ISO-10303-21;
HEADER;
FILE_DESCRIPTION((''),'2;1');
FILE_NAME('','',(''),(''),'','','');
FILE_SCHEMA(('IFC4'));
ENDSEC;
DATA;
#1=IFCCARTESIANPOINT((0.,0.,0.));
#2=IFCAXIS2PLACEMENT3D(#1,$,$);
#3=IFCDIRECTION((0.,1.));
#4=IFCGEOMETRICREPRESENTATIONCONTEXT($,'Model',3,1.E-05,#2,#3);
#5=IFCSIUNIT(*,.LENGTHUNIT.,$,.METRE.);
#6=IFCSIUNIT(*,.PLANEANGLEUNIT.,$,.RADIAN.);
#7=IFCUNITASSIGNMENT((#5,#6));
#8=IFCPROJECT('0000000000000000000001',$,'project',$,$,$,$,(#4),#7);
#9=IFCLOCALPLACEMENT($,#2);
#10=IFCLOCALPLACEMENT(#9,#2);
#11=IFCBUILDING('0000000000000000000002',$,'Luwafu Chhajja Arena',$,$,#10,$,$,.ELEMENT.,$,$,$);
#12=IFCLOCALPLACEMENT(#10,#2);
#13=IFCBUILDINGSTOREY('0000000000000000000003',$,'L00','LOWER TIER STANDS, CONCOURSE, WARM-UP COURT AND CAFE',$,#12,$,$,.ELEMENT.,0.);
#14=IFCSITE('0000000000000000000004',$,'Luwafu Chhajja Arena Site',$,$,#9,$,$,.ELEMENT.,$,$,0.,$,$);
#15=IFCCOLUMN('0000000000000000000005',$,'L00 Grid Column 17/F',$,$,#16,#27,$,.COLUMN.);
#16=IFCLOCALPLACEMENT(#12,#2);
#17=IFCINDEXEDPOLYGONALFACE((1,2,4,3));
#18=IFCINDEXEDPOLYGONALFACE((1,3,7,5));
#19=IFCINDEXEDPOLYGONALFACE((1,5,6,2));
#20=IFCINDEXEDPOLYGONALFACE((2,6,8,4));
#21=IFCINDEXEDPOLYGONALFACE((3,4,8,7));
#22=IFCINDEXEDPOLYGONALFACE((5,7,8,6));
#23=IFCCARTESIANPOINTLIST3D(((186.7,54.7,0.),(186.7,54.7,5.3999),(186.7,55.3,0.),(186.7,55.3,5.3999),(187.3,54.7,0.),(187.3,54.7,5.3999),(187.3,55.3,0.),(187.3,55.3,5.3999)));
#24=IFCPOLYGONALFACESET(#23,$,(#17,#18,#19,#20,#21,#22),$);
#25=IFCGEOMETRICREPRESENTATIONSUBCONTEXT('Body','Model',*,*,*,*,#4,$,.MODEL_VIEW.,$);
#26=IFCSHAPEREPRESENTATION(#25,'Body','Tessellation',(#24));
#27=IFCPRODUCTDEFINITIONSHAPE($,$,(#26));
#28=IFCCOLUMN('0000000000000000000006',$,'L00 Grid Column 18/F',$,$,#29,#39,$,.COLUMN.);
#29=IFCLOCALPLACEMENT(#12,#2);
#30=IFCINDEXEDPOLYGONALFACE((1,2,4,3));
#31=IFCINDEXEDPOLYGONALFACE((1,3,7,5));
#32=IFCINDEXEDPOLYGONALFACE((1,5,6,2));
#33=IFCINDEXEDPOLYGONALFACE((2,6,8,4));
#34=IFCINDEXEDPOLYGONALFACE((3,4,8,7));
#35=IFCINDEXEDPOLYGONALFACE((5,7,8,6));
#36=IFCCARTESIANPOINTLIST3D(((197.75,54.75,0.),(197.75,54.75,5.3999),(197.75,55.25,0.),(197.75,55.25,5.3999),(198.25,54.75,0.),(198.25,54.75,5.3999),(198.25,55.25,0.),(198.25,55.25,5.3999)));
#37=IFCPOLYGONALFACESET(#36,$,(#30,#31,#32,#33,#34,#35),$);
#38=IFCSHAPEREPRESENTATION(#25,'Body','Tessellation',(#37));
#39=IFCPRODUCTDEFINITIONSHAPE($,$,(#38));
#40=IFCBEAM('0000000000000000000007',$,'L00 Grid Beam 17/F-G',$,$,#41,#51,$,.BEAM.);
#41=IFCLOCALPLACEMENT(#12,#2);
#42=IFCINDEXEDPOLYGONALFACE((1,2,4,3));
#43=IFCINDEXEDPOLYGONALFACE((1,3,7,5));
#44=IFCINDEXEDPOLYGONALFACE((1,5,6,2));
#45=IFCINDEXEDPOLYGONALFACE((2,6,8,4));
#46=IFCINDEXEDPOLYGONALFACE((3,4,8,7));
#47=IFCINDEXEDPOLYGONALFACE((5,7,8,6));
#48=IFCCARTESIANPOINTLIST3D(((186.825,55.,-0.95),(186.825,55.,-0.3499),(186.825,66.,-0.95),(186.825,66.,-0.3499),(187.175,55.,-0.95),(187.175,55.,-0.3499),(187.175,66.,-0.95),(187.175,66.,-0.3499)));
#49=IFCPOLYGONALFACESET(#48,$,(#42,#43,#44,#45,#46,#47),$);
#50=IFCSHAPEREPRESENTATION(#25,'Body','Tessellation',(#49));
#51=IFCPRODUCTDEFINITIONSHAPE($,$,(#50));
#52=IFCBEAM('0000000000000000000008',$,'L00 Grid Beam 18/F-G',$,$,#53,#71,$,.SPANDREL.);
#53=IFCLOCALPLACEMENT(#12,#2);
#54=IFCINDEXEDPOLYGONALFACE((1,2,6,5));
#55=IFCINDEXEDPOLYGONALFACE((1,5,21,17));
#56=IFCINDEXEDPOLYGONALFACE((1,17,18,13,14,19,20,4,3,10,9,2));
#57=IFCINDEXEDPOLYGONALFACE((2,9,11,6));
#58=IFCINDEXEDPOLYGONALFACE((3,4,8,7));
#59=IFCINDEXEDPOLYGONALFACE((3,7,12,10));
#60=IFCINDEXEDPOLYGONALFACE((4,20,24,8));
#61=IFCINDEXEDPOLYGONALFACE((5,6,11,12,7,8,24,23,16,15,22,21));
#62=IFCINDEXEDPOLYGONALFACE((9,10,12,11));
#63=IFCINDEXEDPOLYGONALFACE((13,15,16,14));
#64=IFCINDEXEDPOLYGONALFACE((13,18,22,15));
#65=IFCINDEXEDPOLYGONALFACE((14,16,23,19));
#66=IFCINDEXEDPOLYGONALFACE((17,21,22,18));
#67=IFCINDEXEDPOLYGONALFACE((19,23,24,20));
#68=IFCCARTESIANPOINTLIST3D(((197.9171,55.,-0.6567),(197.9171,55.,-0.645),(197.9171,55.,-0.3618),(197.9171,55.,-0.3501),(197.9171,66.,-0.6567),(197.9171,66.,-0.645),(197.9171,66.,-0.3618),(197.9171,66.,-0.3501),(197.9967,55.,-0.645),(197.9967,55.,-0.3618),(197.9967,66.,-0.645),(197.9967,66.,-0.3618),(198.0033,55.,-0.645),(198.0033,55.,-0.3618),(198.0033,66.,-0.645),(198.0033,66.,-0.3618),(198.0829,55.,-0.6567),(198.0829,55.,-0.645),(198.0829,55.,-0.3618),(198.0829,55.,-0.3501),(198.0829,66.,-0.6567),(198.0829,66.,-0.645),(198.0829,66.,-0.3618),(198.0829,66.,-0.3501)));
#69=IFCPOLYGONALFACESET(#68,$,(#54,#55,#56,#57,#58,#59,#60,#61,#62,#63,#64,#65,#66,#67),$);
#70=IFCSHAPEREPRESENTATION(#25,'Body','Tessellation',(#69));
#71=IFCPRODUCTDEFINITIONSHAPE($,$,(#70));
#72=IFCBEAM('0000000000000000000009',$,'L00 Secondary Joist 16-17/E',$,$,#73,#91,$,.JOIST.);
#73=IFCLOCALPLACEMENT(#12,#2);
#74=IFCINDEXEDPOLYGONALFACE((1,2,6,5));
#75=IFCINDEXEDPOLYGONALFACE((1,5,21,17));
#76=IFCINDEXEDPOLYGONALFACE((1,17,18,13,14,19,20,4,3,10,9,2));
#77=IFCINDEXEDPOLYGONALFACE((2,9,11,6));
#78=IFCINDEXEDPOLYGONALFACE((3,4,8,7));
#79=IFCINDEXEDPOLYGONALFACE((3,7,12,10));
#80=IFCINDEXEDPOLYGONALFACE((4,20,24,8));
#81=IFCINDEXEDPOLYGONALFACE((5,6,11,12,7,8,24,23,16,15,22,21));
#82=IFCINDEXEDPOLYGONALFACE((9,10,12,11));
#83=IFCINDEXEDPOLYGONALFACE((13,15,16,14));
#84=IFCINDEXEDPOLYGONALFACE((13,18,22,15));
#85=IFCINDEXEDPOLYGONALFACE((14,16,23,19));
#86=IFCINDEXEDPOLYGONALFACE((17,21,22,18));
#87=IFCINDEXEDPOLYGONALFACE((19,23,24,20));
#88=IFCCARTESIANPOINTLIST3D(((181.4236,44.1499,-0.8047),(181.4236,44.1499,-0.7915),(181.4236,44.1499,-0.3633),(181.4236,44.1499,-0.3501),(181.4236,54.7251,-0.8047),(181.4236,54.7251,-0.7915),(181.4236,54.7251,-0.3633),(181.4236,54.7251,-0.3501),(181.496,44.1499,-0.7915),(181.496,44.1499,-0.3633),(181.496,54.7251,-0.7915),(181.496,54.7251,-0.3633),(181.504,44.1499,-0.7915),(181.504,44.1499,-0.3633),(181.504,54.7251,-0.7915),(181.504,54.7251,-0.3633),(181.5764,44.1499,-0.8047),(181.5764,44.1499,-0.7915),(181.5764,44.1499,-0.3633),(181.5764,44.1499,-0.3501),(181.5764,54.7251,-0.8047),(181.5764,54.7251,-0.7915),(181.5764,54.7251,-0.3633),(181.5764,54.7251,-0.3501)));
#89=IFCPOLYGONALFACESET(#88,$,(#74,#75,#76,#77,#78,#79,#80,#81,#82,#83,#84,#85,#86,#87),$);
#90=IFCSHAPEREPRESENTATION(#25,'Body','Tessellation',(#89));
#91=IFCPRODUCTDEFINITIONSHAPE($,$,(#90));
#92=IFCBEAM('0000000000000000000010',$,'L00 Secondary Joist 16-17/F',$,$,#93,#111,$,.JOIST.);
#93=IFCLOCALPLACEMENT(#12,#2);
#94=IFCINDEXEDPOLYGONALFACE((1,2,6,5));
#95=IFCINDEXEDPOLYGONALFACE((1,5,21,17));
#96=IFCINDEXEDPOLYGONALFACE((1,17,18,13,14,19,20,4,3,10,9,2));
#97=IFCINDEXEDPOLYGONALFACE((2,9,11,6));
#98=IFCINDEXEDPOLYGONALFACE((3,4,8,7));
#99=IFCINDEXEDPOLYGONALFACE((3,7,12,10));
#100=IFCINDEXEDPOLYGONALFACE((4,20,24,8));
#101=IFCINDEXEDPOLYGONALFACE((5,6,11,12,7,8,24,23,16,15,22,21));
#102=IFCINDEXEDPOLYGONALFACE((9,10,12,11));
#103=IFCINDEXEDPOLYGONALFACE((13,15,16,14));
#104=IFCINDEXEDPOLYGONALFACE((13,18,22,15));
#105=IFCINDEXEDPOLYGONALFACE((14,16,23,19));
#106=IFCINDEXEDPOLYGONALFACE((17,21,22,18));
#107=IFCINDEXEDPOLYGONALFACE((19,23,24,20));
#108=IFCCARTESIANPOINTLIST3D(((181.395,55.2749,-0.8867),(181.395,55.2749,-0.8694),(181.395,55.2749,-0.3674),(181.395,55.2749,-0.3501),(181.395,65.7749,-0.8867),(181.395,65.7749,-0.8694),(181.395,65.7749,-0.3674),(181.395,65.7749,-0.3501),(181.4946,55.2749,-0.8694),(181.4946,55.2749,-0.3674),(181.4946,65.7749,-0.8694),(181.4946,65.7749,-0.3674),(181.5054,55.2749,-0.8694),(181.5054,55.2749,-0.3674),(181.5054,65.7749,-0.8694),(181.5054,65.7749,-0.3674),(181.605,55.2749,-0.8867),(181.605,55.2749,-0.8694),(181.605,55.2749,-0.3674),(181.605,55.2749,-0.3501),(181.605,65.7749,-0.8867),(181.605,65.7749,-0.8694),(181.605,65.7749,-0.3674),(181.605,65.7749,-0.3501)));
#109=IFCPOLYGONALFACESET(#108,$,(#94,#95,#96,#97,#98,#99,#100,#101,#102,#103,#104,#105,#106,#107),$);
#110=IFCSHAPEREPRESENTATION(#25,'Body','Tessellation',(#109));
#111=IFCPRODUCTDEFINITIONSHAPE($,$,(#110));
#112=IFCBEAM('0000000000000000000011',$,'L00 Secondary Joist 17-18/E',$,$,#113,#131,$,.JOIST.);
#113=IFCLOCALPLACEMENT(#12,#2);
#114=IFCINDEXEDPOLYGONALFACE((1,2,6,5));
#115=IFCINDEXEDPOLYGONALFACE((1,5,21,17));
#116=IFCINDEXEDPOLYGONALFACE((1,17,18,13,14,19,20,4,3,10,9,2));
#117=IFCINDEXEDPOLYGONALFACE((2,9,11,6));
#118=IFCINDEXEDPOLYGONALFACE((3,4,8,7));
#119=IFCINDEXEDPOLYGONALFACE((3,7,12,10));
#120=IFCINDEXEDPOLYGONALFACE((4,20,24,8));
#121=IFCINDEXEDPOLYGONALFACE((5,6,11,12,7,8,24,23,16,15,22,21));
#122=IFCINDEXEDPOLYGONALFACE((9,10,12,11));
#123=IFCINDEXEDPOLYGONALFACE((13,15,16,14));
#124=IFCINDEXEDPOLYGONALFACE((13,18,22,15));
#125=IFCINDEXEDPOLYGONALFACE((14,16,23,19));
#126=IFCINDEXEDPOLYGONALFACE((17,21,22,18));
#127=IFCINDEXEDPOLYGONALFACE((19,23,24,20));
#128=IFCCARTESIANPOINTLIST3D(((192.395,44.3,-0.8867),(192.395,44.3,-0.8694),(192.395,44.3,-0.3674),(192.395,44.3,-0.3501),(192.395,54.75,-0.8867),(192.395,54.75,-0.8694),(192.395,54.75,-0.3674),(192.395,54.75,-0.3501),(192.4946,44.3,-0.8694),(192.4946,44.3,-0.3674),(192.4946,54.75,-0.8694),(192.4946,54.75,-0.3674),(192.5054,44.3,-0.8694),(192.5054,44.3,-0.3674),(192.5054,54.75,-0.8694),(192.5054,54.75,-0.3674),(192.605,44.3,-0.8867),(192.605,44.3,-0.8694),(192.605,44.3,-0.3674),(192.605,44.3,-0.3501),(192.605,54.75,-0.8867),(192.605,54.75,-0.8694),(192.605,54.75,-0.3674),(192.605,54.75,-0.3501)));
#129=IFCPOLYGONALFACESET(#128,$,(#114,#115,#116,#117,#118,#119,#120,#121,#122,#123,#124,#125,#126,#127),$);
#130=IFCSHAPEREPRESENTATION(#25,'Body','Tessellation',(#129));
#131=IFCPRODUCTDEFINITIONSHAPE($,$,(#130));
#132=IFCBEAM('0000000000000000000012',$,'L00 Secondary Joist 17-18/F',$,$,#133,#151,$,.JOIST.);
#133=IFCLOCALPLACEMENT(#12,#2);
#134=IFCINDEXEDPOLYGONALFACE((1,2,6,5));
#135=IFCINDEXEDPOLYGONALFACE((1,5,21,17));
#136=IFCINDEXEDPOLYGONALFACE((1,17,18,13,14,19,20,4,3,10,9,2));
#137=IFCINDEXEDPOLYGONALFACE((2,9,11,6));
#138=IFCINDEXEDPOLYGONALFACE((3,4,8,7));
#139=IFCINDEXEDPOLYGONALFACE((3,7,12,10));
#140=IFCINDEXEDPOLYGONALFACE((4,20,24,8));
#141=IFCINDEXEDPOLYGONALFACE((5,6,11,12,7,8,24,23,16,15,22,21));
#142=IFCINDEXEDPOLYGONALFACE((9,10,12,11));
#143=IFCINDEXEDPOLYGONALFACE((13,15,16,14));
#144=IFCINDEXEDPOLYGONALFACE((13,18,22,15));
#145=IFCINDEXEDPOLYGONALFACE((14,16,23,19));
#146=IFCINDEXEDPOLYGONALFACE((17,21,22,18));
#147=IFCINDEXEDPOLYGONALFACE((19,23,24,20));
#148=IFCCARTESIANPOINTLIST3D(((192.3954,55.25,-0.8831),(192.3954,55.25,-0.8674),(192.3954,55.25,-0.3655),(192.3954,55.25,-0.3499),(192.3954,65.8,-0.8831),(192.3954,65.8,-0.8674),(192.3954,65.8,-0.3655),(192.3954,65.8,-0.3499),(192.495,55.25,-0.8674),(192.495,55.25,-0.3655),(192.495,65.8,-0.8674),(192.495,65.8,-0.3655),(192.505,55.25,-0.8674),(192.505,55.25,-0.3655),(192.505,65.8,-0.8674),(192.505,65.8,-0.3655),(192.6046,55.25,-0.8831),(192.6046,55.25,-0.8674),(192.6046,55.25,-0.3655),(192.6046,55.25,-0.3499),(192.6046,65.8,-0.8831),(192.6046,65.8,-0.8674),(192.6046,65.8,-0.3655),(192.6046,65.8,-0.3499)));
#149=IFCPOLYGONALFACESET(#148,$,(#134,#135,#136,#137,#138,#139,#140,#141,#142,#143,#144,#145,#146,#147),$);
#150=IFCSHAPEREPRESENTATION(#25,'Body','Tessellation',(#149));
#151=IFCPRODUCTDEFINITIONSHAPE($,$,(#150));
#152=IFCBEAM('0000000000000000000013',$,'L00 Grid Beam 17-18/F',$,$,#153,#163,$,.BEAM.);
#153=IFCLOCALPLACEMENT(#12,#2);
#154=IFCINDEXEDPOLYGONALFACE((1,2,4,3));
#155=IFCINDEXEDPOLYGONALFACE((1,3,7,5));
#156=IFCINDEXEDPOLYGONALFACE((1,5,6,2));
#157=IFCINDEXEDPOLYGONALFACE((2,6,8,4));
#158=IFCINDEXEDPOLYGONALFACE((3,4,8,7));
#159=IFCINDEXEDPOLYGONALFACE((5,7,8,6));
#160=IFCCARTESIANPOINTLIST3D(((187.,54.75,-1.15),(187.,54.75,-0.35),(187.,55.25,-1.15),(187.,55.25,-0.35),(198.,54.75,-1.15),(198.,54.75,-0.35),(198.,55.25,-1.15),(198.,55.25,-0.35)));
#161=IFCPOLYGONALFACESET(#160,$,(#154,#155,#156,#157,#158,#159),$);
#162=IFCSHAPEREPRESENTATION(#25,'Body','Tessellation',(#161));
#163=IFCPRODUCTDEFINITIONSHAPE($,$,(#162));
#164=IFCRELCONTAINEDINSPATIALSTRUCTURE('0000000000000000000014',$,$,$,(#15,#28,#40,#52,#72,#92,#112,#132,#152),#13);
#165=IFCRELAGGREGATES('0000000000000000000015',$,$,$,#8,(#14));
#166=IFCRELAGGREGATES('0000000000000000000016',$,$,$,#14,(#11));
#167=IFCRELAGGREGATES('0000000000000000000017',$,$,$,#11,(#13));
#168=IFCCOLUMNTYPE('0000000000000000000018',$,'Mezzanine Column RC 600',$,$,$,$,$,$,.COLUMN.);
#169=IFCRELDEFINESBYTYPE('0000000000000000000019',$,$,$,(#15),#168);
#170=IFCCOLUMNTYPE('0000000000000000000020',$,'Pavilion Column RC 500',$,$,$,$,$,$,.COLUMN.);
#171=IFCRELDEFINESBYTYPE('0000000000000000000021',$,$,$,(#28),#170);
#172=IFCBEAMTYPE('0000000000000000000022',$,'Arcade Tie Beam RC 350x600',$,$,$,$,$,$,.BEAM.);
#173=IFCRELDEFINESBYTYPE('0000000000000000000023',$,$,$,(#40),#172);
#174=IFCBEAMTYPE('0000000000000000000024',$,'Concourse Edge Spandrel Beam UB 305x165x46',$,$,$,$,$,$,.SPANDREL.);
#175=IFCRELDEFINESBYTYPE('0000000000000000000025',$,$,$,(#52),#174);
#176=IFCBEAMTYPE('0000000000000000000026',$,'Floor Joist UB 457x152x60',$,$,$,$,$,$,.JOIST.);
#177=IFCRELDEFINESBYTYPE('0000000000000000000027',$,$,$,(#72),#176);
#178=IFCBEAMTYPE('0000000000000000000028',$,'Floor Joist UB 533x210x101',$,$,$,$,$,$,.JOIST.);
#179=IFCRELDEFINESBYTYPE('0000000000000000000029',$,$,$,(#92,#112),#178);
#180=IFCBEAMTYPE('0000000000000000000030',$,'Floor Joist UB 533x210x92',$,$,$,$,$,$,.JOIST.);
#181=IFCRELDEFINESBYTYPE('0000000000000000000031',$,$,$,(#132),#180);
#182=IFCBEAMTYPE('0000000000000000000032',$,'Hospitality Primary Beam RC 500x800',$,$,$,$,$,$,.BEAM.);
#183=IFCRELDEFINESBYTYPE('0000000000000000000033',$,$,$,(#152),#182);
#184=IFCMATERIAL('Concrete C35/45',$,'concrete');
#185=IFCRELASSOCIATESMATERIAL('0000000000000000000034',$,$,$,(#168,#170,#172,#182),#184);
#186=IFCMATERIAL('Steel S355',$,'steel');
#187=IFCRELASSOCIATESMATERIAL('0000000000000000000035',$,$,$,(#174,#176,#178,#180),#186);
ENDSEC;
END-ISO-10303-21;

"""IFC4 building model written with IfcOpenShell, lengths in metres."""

from ifc_helpers import new_model, si_unit, direction, frame, origin, origin_2d, place, context, subcontext, project, spatial, rectangle, i_section, extrude, material, material_profile, profile_set, type_object, element, save


model = new_model("IFC4")

# Units and contexts
model_context = context("Model", 3, precision=1e-05, world=origin(), true_north=direction((0.0, 1.0)))
body_context = subcontext(model_context, "Body", "Model", "MODEL_VIEW")
ifc_project = project(units=[si_unit("LENGTHUNIT", "METRE"), si_unit("PLANEANGLEUNIT", "RADIAN")], contexts=[model_context])

# Site, building, storey
site_placement = place(None, origin())
site = spatial("IfcSite", under=ifc_project, at=site_placement, Name="Luwafu Chhajja Arena Site", CompositionType="ELEMENT", RefElevation=0.0)
building_placement = place(site_placement, origin())
building = spatial("IfcBuilding", under=site, at=building_placement, Name="Luwafu Chhajja Arena", CompositionType="ELEMENT")
storey_placement = place(building_placement, origin())
storey = spatial("IfcBuildingStorey", under=building, at=storey_placement, Name="L00", Description="LOWER TIER STANDS, CONCOURSE, WARM-UP COURT AND CAFE", CompositionType="ELEMENT", Elevation=0.0)

# Columns
ifc_material_1 = material(Name="Concrete C35/45", Category="concrete")
ifc_material_profile_1 = material_profile(ifc_material_1, rectangle(XDim=0.6001, YDim=0.6001, at=origin_2d()), Name="RC 600x600")
ifc_profile_set_1 = profile_set([ifc_material_profile_1], Name="Concrete C35/45")
column_type_1 = type_object("IfcColumnType", Name="Mezzanine Column RC 600", PredefinedType="COLUMN", material=ifc_profile_set_1)
column_1_placement = place(storey_placement, frame((187.0, 55.0, 0.0), z_axis=(0.0, 0.0, 1.0), x_axis=(1.0, 0.0, 0.0)))
element("IfcColumn", 1, at=column_1_placement, inside=storey, type_object=column_type_1, Name="L00 Grid Column 17/F", PredefinedType="COLUMN", context=body_context, shape_type="SweptSolid", body=[
    extrude(rectangle(XDim=0.6001, YDim=0.6001, at=origin_2d()), origin(), (0.0, 0.0, 1.0), 5.3999),
])
ifc_material_profile_2 = material_profile(ifc_material_1, rectangle(XDim=0.5, YDim=0.5, at=origin_2d()), Name="RC 500x500")
ifc_profile_set_2 = profile_set([ifc_material_profile_2], Name="Concrete C35/45")
column_type_2 = type_object("IfcColumnType", Name="Pavilion Column RC 500", PredefinedType="COLUMN", material=ifc_profile_set_2)
column_2_placement = place(storey_placement, frame((198.0, 55.0, 0.0), z_axis=(0.0, 0.0, 1.0), x_axis=(1.0, 0.0, 0.0)))
element("IfcColumn", 2, at=column_2_placement, inside=storey, type_object=column_type_2, Name="L00 Grid Column 18/F", PredefinedType="COLUMN", context=body_context, shape_type="SweptSolid", body=[
    extrude(rectangle(XDim=0.5, YDim=0.5, at=origin_2d()), origin(), (0.0, 0.0, 1.0), 5.3999),
])

# Beams
ifc_material_profile_3 = material_profile(ifc_material_1, rectangle(XDim=0.3501, YDim=0.6001, at=origin_2d()), Name="RC 350x600")
ifc_profile_set_3 = profile_set([ifc_material_profile_3], Name="Concrete C35/45")
beam_type_1 = type_object("IfcBeamType", Name="Arcade Tie Beam RC 350x600", PredefinedType="BEAM", material=ifc_profile_set_3)
beam_1_placement = place(storey_placement, frame((187.0, 55.0, -0.6499), z_axis=(0.0, 1.0, 0.0), x_axis=(-1.0, 0.0, 0.0)))
element("IfcBeam", 3, at=beam_1_placement, inside=storey, type_object=beam_type_1, Name="L00 Grid Beam 17/F-G", PredefinedType="BEAM", context=body_context, shape_type="SweptSolid", body=[
    extrude(rectangle(XDim=0.3501, YDim=0.6001, at=origin_2d()), origin(), (0.0, 0.0, 1.0), 11.0),
])
ifc_material_2 = material(Name="Steel S355", Category="steel")
ifc_material_profile_4 = material_profile(ifc_material_2, i_section(OverallWidth=0.1658, OverallDepth=0.3066, WebThickness=0.0066, FlangeThickness=0.0117, at=origin_2d()), Name="UB 305x165x46")
ifc_profile_set_4 = profile_set([ifc_material_profile_4], Name="Steel S355")
beam_type_2 = type_object("IfcBeamType", Name="Concourse Edge Spandrel Beam UB 305x165x46", PredefinedType="SPANDREL", material=ifc_profile_set_4)
beam_2_placement = place(storey_placement, frame((198.0, 55.0, -0.5034), z_axis=(0.0, 1.0, 0.0), x_axis=(-1.0, 0.0, 0.0)))
element("IfcBeam", 4, at=beam_2_placement, inside=storey, type_object=beam_type_2, Name="L00 Grid Beam 18/F-G", PredefinedType="SPANDREL", context=body_context, shape_type="SweptSolid", body=[
    extrude(i_section(OverallWidth=0.1658, OverallDepth=0.3066, WebThickness=0.0066, FlangeThickness=0.0117, at=origin_2d()), origin(), (0.0, 0.0, 1.0), 11.0),
])
ifc_material_profile_5 = material_profile(ifc_material_2, i_section(OverallWidth=0.1528, OverallDepth=0.4546, WebThickness=0.0081, FlangeThickness=0.0132, at=origin_2d()), Name="UB 457x152x60")
ifc_profile_set_5 = profile_set([ifc_material_profile_5], Name="Steel S355")
beam_type_3 = type_object("IfcBeamType", Name="Floor Joist UB 457x152x60", PredefinedType="JOIST", material=ifc_profile_set_5)
beam_3_placement = place(storey_placement, frame((181.5, 44.1499, -0.5774), z_axis=(0.0, 1.0, 0.0), x_axis=(-1.0, 0.0, 0.0)))
element("IfcBeam", 5, at=beam_3_placement, inside=storey, type_object=beam_type_3, Name="L00 Secondary Joist 16-17/E", PredefinedType="JOIST", context=body_context, shape_type="SweptSolid", body=[
    extrude(i_section(OverallWidth=0.1528, OverallDepth=0.4546, WebThickness=0.0081, FlangeThickness=0.0132, at=origin_2d()), origin(), (0.0, 0.0, 1.0), 10.5752),
])
ifc_material_profile_6 = material_profile(ifc_material_2, i_section(OverallWidth=0.21, OverallDepth=0.5366, WebThickness=0.0107, FlangeThickness=0.0173, at=origin_2d()), Name="UB 533x210x101")
ifc_profile_set_6 = profile_set([ifc_material_profile_6], Name="Steel S355")
beam_type_4 = type_object("IfcBeamType", Name="Floor Joist UB 533x210x101", PredefinedType="JOIST", material=ifc_profile_set_6)
beam_4_placement = place(storey_placement, frame((181.5, 55.2749, -0.6184), z_axis=(0.0, 1.0, 0.0), x_axis=(-1.0, 0.0, 0.0)))
element("IfcBeam", 6, at=beam_4_placement, inside=storey, type_object=beam_type_4, Name="L00 Secondary Joist 16-17/F", PredefinedType="JOIST", context=body_context, shape_type="SweptSolid", body=[
    extrude(i_section(OverallWidth=0.21, OverallDepth=0.5366, WebThickness=0.0107, FlangeThickness=0.0173, at=origin_2d()), origin(), (0.0, 0.0, 1.0), 10.5),
])
beam_5_placement = place(storey_placement, frame((192.5, 44.3, -0.6184), z_axis=(0.0, 1.0, 0.0), x_axis=(-1.0, 0.0, 0.0)))
element("IfcBeam", 7, at=beam_5_placement, inside=storey, type_object=beam_type_4, Name="L00 Secondary Joist 17-18/E", PredefinedType="JOIST", context=body_context, shape_type="SweptSolid", body=[
    extrude(i_section(OverallWidth=0.21, OverallDepth=0.5366, WebThickness=0.0107, FlangeThickness=0.0173, at=origin_2d()), origin(), (0.0, 0.0, 1.0), 10.45),
])
ifc_material_profile_7 = material_profile(ifc_material_2, i_section(OverallWidth=0.2092, OverallDepth=0.5332, WebThickness=0.01, FlangeThickness=0.0156, at=origin_2d()), Name="UB 533x210x92")
ifc_profile_set_7 = profile_set([ifc_material_profile_7], Name="Steel S355")
beam_type_5 = type_object("IfcBeamType", Name="Floor Joist UB 533x210x92", PredefinedType="JOIST", material=ifc_profile_set_7)
beam_6_placement = place(storey_placement, frame((192.5, 55.25, -0.6165), z_axis=(0.0, 1.0, 0.0), x_axis=(-1.0, 0.0, 0.0)))
element("IfcBeam", 8, at=beam_6_placement, inside=storey, type_object=beam_type_5, Name="L00 Secondary Joist 17-18/F", PredefinedType="JOIST", context=body_context, shape_type="SweptSolid", body=[
    extrude(i_section(OverallWidth=0.2092, OverallDepth=0.5332, WebThickness=0.01, FlangeThickness=0.0156, at=origin_2d()), origin(), (0.0, 0.0, 1.0), 10.55),
])
ifc_material_profile_8 = material_profile(ifc_material_1, rectangle(XDim=0.5, YDim=0.8, at=origin_2d()), Name="RC 500x800")
ifc_profile_set_8 = profile_set([ifc_material_profile_8], Name="Concrete C35/45")
beam_type_6 = type_object("IfcBeamType", Name="Hospitality Primary Beam RC 500x800", PredefinedType="BEAM", material=ifc_profile_set_8)
beam_7_placement = place(storey_placement, frame((187.0, 55.0, -0.75), z_axis=(1.0, 0.0, 0.0), x_axis=(0.0, 1.0, 0.0)))
element("IfcBeam", 9, at=beam_7_placement, inside=storey, type_object=beam_type_6, Name="L00 Grid Beam 17-18/F", PredefinedType="BEAM", context=body_context, shape_type="SweptSolid", body=[
    extrude(rectangle(XDim=0.5, YDim=0.8, at=origin_2d()), origin(), (0.0, 0.0, 1.0), 11.0),
])

save(model, "model.ifc")
